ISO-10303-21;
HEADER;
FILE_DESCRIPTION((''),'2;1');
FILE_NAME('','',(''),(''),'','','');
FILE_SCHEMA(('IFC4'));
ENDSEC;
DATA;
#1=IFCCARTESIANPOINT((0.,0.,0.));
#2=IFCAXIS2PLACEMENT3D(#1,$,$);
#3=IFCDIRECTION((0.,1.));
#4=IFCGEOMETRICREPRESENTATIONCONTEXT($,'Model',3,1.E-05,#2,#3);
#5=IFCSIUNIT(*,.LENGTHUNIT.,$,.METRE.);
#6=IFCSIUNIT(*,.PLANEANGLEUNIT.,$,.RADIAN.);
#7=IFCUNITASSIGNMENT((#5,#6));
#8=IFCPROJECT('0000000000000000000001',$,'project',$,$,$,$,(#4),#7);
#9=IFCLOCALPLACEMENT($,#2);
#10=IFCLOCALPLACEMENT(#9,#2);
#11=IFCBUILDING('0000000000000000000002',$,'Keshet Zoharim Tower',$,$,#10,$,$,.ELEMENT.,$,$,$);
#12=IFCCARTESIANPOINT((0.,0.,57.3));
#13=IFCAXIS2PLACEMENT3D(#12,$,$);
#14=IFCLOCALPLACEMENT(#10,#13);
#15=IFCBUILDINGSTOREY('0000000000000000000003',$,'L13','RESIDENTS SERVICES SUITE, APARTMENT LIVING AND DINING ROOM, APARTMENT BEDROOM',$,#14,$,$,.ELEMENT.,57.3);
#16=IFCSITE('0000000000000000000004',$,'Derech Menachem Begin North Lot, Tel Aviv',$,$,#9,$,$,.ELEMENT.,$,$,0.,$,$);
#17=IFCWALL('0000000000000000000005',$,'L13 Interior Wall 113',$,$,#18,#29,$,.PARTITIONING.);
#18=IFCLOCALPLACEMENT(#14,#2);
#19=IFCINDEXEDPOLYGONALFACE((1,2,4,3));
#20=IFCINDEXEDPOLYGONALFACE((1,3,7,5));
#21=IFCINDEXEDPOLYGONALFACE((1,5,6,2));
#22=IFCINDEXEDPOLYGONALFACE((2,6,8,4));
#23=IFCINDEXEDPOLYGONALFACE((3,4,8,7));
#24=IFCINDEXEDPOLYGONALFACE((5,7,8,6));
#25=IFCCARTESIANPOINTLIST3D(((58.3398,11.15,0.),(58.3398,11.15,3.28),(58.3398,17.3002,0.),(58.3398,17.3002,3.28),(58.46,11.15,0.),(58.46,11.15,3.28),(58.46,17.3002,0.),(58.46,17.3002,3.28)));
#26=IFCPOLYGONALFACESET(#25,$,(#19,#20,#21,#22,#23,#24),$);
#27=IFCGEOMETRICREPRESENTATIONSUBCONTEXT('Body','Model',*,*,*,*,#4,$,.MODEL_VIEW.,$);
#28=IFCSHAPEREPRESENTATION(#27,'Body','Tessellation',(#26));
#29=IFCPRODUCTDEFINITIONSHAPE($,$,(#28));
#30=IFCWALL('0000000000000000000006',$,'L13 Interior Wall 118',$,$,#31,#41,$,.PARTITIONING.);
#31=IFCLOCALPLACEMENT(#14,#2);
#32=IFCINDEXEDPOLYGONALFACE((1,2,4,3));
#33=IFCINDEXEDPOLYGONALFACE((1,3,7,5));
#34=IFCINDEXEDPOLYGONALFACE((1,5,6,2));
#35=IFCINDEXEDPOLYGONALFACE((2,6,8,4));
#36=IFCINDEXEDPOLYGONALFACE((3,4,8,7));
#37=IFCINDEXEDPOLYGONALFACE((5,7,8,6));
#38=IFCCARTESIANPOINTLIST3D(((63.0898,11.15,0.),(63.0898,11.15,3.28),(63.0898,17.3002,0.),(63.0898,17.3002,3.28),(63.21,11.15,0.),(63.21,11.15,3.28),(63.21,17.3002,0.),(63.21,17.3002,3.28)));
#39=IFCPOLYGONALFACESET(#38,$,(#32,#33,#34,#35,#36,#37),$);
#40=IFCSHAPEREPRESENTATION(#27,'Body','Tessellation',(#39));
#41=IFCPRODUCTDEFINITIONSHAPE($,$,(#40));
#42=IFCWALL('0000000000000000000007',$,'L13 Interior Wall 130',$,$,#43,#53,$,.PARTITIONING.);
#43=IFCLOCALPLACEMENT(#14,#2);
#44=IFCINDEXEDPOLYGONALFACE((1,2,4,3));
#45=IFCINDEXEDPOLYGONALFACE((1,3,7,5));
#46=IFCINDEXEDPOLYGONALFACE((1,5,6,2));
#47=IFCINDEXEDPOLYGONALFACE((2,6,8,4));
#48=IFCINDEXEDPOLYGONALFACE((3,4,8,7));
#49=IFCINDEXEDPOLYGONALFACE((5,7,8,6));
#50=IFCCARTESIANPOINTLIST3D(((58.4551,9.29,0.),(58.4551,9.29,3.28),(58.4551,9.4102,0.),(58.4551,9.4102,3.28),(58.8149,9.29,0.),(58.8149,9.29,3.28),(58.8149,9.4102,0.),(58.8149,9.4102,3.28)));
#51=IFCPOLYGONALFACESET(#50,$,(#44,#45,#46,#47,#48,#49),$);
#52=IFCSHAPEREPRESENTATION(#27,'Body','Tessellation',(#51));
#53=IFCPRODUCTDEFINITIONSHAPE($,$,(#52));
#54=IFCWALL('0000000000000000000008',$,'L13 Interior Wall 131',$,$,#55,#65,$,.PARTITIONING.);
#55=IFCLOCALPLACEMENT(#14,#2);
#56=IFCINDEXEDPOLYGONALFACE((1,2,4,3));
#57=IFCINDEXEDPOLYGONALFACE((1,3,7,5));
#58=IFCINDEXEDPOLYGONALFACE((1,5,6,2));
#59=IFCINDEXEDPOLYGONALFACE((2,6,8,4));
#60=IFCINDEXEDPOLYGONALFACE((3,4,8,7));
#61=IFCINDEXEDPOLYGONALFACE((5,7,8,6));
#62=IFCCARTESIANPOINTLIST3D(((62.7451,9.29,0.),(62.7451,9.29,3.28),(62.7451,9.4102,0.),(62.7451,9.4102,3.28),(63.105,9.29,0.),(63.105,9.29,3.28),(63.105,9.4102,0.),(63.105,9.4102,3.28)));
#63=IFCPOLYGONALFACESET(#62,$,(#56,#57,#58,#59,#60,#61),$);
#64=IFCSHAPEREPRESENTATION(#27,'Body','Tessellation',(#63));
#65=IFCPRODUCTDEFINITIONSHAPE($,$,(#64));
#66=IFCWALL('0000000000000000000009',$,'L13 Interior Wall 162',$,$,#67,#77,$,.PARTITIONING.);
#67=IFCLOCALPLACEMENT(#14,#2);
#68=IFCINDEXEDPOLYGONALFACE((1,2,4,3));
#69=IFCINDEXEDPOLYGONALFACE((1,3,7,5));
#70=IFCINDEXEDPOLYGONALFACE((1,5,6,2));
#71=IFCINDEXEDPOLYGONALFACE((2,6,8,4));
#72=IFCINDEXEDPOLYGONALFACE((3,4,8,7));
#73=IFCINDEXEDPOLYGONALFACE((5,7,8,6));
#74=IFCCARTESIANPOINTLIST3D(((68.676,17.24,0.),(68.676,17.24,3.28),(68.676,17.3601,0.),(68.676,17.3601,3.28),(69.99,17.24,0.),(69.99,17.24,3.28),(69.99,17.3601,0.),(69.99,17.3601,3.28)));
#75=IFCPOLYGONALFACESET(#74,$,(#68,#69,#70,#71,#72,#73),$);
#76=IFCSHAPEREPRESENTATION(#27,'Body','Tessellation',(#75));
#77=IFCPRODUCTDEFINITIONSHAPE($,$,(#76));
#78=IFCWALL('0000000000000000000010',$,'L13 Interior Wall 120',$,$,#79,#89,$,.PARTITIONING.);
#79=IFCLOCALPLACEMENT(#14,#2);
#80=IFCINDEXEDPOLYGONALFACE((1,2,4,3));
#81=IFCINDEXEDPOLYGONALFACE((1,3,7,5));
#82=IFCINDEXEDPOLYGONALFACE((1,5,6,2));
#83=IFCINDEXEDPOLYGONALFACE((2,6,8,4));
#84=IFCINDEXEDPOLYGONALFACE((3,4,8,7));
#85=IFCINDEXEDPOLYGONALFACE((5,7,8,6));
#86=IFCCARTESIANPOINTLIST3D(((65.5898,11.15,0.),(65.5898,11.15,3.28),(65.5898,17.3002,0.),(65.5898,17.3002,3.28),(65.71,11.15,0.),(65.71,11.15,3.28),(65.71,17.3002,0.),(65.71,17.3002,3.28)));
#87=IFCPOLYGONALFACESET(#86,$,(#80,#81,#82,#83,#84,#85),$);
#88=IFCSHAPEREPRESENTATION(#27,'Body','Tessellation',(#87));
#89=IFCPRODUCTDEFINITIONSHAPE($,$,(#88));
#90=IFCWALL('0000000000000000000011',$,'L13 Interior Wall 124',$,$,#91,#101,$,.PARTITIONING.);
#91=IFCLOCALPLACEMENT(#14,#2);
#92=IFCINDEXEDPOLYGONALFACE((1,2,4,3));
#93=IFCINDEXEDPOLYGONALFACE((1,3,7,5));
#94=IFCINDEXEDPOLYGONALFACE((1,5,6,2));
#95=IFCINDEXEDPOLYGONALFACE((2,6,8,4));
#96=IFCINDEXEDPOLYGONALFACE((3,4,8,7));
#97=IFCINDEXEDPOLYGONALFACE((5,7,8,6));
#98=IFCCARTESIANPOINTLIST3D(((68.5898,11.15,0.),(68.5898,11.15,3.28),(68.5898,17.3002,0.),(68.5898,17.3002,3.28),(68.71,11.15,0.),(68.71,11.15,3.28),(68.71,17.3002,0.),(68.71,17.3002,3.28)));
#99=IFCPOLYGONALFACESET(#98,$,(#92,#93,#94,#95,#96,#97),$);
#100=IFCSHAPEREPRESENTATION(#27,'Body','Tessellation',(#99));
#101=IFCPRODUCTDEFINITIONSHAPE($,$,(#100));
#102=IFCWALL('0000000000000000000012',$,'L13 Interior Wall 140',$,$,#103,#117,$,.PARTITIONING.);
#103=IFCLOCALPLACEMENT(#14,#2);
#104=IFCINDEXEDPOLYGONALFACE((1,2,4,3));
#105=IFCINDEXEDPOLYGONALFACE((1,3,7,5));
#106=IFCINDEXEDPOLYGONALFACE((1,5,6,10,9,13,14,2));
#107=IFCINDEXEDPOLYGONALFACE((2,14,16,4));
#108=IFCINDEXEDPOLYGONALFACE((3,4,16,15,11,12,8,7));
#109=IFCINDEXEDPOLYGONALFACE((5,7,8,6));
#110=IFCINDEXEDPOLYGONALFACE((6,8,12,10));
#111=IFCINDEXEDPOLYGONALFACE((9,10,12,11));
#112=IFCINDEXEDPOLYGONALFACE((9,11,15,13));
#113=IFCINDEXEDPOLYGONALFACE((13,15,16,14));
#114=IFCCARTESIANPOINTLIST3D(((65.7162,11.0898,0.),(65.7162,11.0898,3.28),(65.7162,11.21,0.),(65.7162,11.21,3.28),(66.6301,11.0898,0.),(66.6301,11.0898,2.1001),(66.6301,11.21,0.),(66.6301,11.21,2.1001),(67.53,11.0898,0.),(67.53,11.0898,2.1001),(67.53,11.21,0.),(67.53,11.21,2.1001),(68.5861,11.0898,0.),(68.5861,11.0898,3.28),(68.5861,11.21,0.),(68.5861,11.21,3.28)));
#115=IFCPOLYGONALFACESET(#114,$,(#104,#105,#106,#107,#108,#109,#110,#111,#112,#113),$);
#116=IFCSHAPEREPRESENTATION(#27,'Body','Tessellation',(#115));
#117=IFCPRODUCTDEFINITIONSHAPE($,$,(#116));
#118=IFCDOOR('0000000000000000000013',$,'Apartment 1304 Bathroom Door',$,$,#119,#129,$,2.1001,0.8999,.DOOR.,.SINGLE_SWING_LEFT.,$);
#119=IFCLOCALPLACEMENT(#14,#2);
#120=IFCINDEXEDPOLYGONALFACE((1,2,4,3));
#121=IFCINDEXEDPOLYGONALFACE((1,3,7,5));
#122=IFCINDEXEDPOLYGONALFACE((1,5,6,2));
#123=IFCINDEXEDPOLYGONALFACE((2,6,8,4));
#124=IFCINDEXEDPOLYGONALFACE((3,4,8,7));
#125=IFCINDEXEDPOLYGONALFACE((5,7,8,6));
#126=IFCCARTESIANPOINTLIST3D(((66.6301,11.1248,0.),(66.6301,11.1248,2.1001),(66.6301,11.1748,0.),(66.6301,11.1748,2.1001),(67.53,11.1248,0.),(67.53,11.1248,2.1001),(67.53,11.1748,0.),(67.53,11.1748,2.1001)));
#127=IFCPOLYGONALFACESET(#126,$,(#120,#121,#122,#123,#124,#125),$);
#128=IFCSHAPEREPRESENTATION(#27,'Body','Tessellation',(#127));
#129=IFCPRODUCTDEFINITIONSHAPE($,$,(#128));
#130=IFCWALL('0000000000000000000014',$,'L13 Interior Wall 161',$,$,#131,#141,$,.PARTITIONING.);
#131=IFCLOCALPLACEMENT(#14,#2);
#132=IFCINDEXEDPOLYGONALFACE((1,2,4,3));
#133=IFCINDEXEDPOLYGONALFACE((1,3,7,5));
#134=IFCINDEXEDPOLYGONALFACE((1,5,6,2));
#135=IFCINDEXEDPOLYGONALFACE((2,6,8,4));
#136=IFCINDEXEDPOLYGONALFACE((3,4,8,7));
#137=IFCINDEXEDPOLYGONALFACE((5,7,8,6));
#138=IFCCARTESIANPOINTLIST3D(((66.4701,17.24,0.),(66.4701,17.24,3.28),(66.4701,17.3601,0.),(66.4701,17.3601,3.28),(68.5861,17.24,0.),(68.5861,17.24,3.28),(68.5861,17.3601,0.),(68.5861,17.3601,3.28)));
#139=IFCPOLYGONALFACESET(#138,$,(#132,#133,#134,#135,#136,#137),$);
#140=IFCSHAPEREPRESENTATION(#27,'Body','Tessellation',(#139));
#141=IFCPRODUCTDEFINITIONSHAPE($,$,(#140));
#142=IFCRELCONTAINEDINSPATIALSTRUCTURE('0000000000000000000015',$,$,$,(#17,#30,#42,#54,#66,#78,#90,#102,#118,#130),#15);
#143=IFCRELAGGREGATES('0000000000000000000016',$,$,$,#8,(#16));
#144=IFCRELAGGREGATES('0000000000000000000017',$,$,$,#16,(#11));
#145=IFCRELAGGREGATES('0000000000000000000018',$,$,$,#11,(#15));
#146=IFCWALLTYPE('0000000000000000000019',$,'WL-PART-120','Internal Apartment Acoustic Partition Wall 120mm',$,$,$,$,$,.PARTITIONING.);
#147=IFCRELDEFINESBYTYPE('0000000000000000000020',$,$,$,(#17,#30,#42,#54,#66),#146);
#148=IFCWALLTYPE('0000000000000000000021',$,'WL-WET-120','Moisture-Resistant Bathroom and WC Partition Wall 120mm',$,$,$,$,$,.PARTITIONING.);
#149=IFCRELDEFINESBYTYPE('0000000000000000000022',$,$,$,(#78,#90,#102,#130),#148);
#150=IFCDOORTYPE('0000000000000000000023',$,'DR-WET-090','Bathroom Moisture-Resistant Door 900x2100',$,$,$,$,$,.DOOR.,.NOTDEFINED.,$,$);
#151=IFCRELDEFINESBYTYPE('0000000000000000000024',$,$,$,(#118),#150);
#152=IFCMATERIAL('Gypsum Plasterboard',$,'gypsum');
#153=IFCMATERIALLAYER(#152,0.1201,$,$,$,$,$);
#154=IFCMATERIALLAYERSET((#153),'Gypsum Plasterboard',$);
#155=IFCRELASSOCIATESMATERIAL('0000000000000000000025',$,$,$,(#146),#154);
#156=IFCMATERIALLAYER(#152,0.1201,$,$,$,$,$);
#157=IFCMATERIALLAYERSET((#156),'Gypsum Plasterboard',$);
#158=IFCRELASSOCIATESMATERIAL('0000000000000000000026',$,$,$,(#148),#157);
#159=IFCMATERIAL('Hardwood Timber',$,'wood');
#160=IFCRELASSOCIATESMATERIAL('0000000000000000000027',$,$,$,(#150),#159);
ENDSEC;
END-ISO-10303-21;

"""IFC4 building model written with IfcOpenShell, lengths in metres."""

from ifc_helpers import new_model, si_unit, direction, frame, frame_2d, origin, place, context, subcontext, project, spatial, rectangle, extrude, material, layer, layer_set, type_object, element, fill, save


model = new_model("IFC4")

# Units and contexts
model_context = context("Model", 3, precision=1e-05, world=origin(), true_north=direction((0.0, 1.0)))
body_context = subcontext(model_context, "Body", "Model", "MODEL_VIEW")
ifc_project = project(units=[si_unit("LENGTHUNIT", "METRE"), si_unit("PLANEANGLEUNIT", "RADIAN")], contexts=[model_context])

# Site, building, storey
site_placement = place(None, origin())
site = spatial("IfcSite", under=ifc_project, at=site_placement, Name="Derech Menachem Begin North Lot, Tel Aviv", CompositionType="ELEMENT", RefElevation=0.0)
building_placement = place(site_placement, origin())
building = spatial("IfcBuilding", under=site, at=building_placement, Name="Keshet Zoharim Tower", CompositionType="ELEMENT")
storey_placement = place(building_placement, frame((0.0, 0.0, 57.3)))
storey = spatial("IfcBuildingStorey", under=building, at=storey_placement, Name="L13", Description="RESIDENTS SERVICES SUITE, APARTMENT LIVING AND DINING ROOM, APARTMENT BEDROOM", CompositionType="ELEMENT", Elevation=57.3)

# Shared definitions
ifc_material_1 = material(Name="Gypsum Plasterboard", Category="gypsum")
ifc_material_2 = material(Name="Hardwood Timber", Category="wood")

# Walls
ifc_layer_1 = layer(ifc_material_1, 0.1201)
ifc_layer_set_1 = layer_set([ifc_layer_1], Name="Gypsum Plasterboard")
wall_type_1 = type_object("IfcWallType", Name="WL-PART-120", Description="Internal Apartment Acoustic Partition Wall 120mm", PredefinedType="PARTITIONING", material=ifc_layer_set_1)
for number, where, z_axis, x_axis, name in (
    (1, (58.3999, 11.1499, 0.0), (0.0, 0.0, 1.0), (0.0, 1.0, 0.0), "L13 Interior Wall 113"),
    (2, (63.1499, 11.1499, 0.0), (0.0, 0.0, 1.0), (0.0, 1.0, 0.0), "L13 Interior Wall 118"),
):
    element("IfcWall", number, at=place(storey_placement, frame(where, z_axis=z_axis, x_axis=x_axis)), inside=storey, type_object=wall_type_1, Name=name, PredefinedType="PARTITIONING", context=body_context, shape_type="SweptSolid", body=[
        extrude(rectangle(XDim=6.1501, YDim=0.1201, at=frame_2d((3.0752, 0.0))), origin(), (0.0, 0.0, 1.0), 3.28),
    ])
for number, where, z_axis, x_axis, name in (
    (3, (58.4551, 9.3501, 0.0), (0.0, 0.0, 1.0), (1.0, 0.0, 0.0), "L13 Interior Wall 130"),
    (4, (62.7451, 9.3501, 0.0), (0.0, 0.0, 1.0), (1.0, 0.0, 0.0), "L13 Interior Wall 131"),
):
    element("IfcWall", number, at=place(storey_placement, frame(where, z_axis=z_axis, x_axis=x_axis)), inside=storey, type_object=wall_type_1, Name=name, PredefinedType="PARTITIONING", context=body_context, shape_type="SweptSolid", body=[
        extrude(rectangle(XDim=0.3599, YDim=0.1201, at=frame_2d((0.1799, 0.0))), origin(), (0.0, 0.0, 1.0), 3.28),
    ])

# Walls
wall_1_placement = place(storey_placement, frame((68.676, 17.3, 0.0), z_axis=(0.0, 0.0, 1.0), x_axis=(1.0, 0.0, 0.0)))
element("IfcWall", 5, at=wall_1_placement, inside=storey, type_object=wall_type_1, Name="L13 Interior Wall 162", PredefinedType="PARTITIONING", context=body_context, shape_type="SweptSolid", body=[
    extrude(rectangle(XDim=1.314, YDim=0.1201, at=frame_2d((0.657, 0.0))), origin(), (0.0, 0.0, 1.0), 3.28),
])
ifc_layer_2 = layer(ifc_material_1, 0.1201)
ifc_layer_set_2 = layer_set([ifc_layer_2], Name="Gypsum Plasterboard")
wall_type_2 = type_object("IfcWallType", Name="WL-WET-120", Description="Moisture-Resistant Bathroom and WC Partition Wall 120mm", PredefinedType="PARTITIONING", material=ifc_layer_set_2)
for number, where, z_axis, x_axis, name in (
    (6, (65.6499, 11.1499, 0.0), (0.0, 0.0, 1.0), (0.0, 1.0, 0.0), "L13 Interior Wall 120"),
    (7, (68.6499, 11.1499, 0.0), (0.0, 0.0, 1.0), (0.0, 1.0, 0.0), "L13 Interior Wall 124"),
):
    element("IfcWall", number, at=place(storey_placement, frame(where, z_axis=z_axis, x_axis=x_axis)), inside=storey, type_object=wall_type_2, Name=name, PredefinedType="PARTITIONING", context=body_context, shape_type="SweptSolid", body=[
        extrude(rectangle(XDim=6.1501, YDim=0.1201, at=frame_2d((3.0752, 0.0))), origin(), (0.0, 0.0, 1.0), 3.28),
    ])

# Wall, opening, door
wall_2_placement = place(storey_placement, frame((65.7161, 11.1499, 0.0), z_axis=(0.0, 0.0, 1.0), x_axis=(1.0, 0.0, 0.0)))
wall_2 = element("IfcWall", 8, at=wall_2_placement, inside=storey, type_object=wall_type_2, Name="L13 Interior Wall 140", PredefinedType="PARTITIONING", context=body_context, shape_type="SweptSolid", body=[
    extrude(rectangle(XDim=2.8699, YDim=0.1201, at=frame_2d((1.4351, 0.0))), origin(), (0.0, 0.0, 1.0), 3.28),
])
opening_1_placement = place(wall_2_placement, frame((0.9141, 0.0, 0.0)))
opening_1 = element("IfcOpeningElement", 9, at=opening_1_placement, cuts=wall_2, PredefinedType="OPENING", context=body_context, shape_type="SweptSolid", body=[
    extrude(rectangle(XDim=0.8999, YDim=2.1001, at=frame_2d((0.45, 1.05))), frame((0.0, 0.0701, 0.0), z_axis=(0.0, -1.0, 0.0), x_axis=(1.0, 0.0, 0.0)), (0.0, 0.0, 1.0), 0.1401),
])
door_type_1 = type_object("IfcDoorType", Name="DR-WET-090", Description="Bathroom Moisture-Resistant Door 900x2100", OperationType="NOTDEFINED", PredefinedType="DOOR", material=ifc_material_2)
door_1_placement = place(opening_1_placement, origin())
door_1 = element("IfcDoor", 10, at=door_1_placement, inside=storey, type_object=door_type_1, Name="Apartment 1304 Bathroom Door", OperationType="SINGLE_SWING_LEFT", OverallHeight=2.1001, OverallWidth=0.8999, PredefinedType="DOOR", context=body_context, shape_type="SweptSolid", body=[
    extrude(rectangle(XDim=0.8999, YDim=2.1001, at=frame_2d((0.45, 1.05))), frame((0.0, 0.0249, 0.0), z_axis=(0.0, -1.0, 0.0), x_axis=(1.0, 0.0, 0.0)), (0.0, 0.0, 1.0), 0.05),
])
fill(opening_1, door_1)

# Wall
wall_3_placement = place(storey_placement, frame((66.47, 17.3, 0.0), z_axis=(0.0, 0.0, 1.0), x_axis=(1.0, 0.0, 0.0)))
element("IfcWall", 11, at=wall_3_placement, inside=storey, type_object=wall_type_2, Name="L13 Interior Wall 161", PredefinedType="PARTITIONING", context=body_context, shape_type="SweptSolid", body=[
    extrude(rectangle(XDim=2.116, YDim=0.1201, at=frame_2d((1.0581, 0.0))), origin(), (0.0, 0.0, 1.0), 3.28),
])

save(model, "model.ifc")
